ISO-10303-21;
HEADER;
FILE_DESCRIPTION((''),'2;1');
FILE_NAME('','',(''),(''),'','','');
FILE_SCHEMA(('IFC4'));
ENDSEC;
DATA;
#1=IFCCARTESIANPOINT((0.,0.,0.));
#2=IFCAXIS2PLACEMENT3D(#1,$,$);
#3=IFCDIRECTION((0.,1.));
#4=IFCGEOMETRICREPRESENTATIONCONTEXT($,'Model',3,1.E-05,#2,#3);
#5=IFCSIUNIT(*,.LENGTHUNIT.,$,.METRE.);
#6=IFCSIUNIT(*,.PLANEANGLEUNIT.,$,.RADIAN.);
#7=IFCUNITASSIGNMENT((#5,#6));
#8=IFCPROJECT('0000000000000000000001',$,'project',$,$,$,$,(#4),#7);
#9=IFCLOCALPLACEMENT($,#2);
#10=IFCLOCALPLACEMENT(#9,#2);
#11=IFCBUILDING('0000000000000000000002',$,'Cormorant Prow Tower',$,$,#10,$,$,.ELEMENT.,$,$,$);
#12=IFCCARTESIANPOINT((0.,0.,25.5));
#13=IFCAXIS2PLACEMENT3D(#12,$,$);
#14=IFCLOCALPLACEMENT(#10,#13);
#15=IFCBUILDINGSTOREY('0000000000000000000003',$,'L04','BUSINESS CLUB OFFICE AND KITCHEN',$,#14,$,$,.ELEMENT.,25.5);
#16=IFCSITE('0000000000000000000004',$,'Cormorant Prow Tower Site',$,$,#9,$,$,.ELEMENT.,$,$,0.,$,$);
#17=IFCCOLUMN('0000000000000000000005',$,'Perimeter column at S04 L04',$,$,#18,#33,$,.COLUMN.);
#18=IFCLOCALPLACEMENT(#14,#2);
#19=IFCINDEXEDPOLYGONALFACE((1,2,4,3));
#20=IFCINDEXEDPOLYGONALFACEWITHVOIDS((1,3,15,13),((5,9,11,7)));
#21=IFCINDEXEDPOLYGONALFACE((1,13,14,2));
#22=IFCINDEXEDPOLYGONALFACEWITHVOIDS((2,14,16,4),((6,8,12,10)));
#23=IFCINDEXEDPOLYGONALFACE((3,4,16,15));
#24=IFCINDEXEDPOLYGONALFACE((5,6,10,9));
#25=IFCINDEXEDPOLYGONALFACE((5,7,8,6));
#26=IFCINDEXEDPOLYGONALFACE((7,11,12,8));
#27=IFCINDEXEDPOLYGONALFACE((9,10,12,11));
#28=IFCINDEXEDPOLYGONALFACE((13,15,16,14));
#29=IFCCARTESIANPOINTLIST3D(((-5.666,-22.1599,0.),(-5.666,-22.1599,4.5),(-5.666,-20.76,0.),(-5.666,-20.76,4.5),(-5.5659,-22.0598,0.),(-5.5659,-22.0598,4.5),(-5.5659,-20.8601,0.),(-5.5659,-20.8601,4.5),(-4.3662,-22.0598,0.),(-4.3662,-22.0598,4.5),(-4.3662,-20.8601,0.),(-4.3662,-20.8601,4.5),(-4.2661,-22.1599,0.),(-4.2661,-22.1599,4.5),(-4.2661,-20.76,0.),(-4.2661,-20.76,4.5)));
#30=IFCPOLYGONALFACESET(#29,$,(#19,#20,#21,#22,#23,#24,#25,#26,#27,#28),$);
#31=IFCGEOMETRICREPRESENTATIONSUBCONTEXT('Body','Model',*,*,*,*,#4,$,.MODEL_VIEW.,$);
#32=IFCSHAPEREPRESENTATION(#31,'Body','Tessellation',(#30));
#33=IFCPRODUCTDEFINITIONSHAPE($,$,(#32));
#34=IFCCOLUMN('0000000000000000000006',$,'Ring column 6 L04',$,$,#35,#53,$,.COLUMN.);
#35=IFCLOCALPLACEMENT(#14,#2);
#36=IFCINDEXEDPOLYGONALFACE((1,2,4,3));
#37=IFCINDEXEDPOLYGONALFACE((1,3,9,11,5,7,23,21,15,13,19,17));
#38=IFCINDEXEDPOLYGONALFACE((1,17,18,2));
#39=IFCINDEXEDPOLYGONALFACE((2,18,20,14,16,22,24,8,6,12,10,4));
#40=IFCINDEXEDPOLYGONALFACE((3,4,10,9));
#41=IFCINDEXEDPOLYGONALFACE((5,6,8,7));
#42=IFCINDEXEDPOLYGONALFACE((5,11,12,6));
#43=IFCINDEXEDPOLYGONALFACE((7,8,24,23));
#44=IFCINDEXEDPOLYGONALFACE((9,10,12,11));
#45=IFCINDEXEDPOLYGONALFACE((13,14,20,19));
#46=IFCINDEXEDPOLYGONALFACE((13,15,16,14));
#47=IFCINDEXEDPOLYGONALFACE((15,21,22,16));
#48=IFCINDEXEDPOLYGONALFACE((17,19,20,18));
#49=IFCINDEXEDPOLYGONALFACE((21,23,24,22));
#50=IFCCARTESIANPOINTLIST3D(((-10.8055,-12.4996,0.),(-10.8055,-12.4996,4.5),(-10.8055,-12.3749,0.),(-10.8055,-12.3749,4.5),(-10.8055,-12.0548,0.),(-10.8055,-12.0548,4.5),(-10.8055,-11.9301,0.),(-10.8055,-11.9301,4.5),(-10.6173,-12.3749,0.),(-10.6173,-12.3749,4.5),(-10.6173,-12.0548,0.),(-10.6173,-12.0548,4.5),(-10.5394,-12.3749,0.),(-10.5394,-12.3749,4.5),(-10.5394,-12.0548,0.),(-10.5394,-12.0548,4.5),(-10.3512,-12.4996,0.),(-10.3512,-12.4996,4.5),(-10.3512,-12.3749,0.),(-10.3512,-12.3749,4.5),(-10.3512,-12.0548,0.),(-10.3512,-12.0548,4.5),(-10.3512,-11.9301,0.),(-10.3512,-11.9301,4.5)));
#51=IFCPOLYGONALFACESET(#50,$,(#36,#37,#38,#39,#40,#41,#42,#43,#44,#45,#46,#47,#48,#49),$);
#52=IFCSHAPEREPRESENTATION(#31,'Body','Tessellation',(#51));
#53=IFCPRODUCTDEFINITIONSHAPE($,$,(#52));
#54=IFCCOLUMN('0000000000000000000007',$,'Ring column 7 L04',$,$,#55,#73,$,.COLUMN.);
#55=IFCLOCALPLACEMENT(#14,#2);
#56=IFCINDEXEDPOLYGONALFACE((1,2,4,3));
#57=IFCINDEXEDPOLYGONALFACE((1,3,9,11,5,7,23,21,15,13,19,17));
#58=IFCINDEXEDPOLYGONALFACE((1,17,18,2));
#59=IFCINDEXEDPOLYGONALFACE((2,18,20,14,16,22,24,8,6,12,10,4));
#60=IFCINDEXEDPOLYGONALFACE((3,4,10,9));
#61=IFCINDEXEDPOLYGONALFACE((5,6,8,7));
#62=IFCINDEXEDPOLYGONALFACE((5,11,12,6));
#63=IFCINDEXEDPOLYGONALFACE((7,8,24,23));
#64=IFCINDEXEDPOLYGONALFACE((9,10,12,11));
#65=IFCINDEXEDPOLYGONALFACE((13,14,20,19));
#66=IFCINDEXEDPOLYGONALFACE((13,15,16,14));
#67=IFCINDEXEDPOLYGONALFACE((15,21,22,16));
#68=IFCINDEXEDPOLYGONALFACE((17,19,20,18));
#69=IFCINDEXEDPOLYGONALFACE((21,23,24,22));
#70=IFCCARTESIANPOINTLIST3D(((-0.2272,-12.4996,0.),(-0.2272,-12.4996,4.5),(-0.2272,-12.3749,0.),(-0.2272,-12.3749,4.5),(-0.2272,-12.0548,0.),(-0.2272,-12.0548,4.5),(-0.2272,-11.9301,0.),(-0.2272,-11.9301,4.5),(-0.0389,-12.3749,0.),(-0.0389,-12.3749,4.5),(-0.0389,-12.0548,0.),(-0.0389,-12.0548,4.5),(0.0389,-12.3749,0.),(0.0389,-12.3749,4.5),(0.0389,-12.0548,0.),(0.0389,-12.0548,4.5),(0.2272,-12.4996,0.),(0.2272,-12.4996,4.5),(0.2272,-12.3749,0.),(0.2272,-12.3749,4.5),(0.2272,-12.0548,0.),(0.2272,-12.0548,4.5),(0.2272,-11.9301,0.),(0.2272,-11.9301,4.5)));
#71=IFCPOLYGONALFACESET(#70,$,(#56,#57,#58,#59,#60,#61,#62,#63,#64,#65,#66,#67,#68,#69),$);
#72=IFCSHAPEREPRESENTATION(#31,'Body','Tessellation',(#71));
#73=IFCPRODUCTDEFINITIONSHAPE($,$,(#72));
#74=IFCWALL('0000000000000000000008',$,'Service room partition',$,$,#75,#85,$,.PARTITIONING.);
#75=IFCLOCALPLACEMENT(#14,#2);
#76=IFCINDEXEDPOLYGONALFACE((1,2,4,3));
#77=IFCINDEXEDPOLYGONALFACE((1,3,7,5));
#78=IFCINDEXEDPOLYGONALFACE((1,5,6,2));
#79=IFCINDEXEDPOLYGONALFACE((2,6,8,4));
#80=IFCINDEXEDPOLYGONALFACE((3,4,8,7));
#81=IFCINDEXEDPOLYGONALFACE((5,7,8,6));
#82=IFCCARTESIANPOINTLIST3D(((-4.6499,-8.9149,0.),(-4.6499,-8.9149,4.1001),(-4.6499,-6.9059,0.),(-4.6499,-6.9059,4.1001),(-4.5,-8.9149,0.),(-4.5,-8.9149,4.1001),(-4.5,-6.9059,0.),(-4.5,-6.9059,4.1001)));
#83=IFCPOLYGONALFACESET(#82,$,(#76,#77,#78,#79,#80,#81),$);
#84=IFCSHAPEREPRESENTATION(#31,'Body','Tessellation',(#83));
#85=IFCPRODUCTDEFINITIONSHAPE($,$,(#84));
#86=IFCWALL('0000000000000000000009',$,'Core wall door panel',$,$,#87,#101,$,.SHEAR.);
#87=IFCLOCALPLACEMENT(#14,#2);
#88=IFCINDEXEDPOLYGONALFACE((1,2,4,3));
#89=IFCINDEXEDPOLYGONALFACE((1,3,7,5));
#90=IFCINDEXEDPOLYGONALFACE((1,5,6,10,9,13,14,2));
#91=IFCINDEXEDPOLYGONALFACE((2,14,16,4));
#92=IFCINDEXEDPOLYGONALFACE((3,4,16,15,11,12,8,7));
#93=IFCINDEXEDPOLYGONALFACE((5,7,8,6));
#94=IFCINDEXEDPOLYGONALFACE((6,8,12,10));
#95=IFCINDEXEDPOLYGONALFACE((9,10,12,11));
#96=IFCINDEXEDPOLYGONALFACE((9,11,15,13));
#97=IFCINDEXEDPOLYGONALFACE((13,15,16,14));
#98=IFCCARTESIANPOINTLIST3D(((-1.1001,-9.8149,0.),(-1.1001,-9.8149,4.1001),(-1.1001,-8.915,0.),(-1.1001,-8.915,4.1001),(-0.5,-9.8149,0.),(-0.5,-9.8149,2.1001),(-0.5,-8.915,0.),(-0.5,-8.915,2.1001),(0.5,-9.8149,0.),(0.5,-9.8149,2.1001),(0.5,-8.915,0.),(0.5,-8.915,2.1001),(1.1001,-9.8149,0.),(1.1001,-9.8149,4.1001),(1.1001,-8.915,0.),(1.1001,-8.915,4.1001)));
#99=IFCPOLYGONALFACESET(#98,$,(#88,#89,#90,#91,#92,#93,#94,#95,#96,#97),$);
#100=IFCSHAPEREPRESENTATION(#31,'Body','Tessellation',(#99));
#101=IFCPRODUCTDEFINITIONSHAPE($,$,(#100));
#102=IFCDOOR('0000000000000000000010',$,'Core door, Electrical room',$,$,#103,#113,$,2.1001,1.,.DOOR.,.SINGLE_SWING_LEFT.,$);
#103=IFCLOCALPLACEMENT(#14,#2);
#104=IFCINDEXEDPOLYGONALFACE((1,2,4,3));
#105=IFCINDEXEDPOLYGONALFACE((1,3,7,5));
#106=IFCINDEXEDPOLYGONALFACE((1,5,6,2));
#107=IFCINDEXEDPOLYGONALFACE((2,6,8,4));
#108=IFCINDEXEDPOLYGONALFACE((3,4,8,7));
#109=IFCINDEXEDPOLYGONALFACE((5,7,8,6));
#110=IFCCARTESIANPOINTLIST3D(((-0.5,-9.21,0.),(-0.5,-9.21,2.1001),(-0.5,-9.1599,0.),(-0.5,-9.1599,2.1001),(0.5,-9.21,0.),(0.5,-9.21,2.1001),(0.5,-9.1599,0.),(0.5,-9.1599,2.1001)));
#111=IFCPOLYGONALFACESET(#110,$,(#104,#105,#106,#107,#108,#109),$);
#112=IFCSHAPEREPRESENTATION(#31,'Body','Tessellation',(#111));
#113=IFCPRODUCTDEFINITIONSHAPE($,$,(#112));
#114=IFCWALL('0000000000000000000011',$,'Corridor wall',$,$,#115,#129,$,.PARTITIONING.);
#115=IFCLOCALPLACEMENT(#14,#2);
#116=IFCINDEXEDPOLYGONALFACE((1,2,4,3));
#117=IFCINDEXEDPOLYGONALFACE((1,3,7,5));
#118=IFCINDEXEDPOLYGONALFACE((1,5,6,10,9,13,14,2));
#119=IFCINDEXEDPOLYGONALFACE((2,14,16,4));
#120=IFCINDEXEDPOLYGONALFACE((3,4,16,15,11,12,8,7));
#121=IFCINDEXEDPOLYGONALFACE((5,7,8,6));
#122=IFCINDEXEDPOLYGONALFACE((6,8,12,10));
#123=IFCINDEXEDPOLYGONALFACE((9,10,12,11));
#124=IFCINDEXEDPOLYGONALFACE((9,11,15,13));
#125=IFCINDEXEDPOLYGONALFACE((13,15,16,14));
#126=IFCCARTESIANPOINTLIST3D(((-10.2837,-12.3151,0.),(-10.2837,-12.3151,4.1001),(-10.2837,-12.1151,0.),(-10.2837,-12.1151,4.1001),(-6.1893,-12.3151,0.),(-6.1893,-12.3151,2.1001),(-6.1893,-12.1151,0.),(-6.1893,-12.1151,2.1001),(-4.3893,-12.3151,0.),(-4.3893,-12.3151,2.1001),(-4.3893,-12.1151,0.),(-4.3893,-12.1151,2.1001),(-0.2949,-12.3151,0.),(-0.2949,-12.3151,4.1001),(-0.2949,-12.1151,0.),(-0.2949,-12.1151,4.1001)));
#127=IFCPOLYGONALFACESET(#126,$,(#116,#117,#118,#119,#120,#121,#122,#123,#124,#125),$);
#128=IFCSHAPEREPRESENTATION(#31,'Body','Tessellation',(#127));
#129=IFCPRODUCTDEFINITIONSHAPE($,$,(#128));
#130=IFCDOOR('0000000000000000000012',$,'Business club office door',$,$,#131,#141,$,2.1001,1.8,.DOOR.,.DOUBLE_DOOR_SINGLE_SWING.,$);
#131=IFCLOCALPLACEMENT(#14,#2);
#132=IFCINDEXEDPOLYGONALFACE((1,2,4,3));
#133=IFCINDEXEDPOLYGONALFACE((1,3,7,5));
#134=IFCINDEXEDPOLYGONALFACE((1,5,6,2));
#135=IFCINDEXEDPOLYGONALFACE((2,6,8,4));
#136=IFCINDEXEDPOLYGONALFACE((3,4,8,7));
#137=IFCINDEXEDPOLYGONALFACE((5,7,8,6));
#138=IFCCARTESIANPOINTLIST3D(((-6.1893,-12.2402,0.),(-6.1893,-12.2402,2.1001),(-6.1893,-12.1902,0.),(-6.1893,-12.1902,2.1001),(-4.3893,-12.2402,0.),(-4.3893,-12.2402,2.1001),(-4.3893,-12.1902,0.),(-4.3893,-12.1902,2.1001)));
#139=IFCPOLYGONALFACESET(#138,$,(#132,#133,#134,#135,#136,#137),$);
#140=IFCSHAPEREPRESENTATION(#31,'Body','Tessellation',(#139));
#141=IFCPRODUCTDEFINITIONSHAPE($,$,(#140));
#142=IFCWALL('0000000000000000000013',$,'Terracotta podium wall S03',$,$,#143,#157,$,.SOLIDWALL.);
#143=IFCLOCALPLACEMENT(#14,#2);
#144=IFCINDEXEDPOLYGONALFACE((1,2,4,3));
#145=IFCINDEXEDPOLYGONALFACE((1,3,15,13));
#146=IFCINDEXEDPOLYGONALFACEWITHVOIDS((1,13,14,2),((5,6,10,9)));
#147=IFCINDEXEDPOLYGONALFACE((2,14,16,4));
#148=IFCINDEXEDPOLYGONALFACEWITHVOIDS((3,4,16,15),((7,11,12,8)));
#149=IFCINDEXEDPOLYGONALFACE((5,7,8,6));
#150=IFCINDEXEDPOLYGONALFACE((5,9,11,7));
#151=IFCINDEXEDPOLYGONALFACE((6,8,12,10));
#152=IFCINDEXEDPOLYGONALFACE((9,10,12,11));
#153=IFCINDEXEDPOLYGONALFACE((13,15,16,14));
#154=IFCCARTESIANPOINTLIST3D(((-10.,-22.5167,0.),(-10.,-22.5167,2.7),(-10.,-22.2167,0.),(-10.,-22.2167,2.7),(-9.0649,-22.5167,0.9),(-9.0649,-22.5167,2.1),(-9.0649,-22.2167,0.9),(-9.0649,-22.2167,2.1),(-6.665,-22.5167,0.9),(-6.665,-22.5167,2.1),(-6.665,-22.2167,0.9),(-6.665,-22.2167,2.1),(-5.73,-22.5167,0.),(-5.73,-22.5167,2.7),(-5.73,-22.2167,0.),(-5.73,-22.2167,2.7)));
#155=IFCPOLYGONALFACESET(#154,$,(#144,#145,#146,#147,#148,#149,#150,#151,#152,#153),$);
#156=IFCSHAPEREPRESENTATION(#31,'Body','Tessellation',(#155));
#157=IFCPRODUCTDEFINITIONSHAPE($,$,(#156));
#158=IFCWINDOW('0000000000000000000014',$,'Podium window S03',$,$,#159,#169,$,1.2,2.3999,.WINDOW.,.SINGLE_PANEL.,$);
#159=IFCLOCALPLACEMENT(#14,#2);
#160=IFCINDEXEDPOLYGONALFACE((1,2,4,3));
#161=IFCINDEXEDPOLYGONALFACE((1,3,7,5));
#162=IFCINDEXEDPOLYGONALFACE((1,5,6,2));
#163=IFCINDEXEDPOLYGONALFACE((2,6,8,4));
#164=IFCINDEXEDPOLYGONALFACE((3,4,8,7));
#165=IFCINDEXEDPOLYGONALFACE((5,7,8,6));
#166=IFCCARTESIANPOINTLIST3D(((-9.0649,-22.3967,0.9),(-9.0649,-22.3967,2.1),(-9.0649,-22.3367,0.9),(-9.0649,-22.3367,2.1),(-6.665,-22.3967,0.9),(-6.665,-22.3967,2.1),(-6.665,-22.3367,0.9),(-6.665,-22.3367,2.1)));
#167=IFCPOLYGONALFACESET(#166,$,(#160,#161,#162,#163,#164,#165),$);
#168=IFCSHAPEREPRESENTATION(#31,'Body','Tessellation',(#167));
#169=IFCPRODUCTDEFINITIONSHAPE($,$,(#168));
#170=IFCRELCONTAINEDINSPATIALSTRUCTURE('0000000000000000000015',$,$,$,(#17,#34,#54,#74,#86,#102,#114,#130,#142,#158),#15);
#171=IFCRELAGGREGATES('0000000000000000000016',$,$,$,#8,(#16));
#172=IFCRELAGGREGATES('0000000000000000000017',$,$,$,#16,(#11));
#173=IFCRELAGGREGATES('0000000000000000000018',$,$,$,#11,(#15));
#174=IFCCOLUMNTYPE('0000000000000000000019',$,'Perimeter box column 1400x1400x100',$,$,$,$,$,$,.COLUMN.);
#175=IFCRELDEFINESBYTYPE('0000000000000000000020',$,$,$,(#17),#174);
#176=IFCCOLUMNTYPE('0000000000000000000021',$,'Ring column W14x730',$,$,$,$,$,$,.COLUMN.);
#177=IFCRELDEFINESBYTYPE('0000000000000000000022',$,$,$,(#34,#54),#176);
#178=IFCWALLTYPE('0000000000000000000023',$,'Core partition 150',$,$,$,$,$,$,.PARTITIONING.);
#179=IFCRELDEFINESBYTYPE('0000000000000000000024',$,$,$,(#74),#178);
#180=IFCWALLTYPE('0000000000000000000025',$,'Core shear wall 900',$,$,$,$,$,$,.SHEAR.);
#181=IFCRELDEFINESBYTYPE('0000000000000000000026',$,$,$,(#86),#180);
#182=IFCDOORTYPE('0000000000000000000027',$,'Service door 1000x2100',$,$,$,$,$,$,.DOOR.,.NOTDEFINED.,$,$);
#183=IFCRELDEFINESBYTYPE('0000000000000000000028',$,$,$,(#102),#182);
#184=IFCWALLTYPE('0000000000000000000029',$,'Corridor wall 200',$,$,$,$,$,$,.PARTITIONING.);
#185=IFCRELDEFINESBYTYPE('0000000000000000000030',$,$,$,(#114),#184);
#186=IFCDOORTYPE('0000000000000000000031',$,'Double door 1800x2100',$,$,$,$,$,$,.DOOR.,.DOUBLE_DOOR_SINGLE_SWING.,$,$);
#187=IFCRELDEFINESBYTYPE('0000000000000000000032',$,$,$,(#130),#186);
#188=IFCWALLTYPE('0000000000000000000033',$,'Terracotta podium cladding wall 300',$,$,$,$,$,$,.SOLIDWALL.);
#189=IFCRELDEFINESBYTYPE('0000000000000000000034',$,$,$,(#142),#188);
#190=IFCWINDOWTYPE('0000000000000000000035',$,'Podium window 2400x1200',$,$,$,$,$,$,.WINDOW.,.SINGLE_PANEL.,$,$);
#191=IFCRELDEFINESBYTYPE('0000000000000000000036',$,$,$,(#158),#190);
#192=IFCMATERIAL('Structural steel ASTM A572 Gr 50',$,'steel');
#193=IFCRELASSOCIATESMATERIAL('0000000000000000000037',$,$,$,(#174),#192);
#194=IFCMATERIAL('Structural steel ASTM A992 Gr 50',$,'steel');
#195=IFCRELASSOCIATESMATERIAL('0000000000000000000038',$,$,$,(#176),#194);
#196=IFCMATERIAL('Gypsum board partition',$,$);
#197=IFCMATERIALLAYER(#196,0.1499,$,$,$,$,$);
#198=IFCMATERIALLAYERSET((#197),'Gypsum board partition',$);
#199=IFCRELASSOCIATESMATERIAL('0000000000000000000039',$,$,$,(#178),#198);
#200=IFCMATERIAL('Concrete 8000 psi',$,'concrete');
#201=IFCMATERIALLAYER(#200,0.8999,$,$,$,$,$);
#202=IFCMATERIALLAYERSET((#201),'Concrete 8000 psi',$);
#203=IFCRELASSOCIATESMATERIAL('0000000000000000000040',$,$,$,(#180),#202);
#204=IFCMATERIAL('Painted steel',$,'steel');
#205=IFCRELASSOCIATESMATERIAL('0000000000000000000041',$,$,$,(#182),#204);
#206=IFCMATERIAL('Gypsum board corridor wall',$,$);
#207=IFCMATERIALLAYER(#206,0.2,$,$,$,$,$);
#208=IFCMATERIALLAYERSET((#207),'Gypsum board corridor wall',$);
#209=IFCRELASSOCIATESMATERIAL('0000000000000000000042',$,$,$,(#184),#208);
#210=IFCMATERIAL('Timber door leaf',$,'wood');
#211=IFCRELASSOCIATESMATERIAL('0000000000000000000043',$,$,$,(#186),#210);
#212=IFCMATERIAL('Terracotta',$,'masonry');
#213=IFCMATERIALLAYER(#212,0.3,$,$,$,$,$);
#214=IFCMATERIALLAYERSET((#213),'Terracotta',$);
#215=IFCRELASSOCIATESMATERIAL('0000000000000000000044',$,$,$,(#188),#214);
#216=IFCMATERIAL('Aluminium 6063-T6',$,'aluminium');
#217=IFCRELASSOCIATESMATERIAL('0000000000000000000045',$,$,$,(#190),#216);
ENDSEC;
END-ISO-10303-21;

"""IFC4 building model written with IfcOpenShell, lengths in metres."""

from ifc_helpers import new_model, si_unit, direction, frame, frame_2d, origin, origin_2d, place, context, subcontext, project, spatial, rectangle, hollow_rectangle, i_section, extrude, material, layer, layer_set, material_profile, profile_set, type_object, element, fill, save


model = new_model("IFC4")

# Units and contexts
model_context = context("Model", 3, precision=1e-05, world=origin(), true_north=direction((0.0, 1.0)))
body_context = subcontext(model_context, "Body", "Model", "MODEL_VIEW")
ifc_project = project(units=[si_unit("LENGTHUNIT", "METRE"), si_unit("PLANEANGLEUNIT", "RADIAN")], contexts=[model_context])

# Site, building, storey
site_placement = place(None, origin())
site = spatial("IfcSite", under=ifc_project, at=site_placement, Name="Cormorant Prow Tower Site", CompositionType="ELEMENT", RefElevation=0.0)
building_placement = place(site_placement, origin())
building = spatial("IfcBuilding", under=site, at=building_placement, Name="Cormorant Prow Tower", CompositionType="ELEMENT")
storey_placement = place(building_placement, frame((0.0, 0.0, 25.5)))
storey = spatial("IfcBuildingStorey", under=building, at=storey_placement, Name="L04", Description="BUSINESS CLUB OFFICE AND KITCHEN", CompositionType="ELEMENT", Elevation=25.5)

# Columns
ifc_material_1 = material(Name="Structural steel ASTM A572 Gr 50", Category="steel")
ifc_material_profile_1 = material_profile(ifc_material_1, hollow_rectangle(XDim=1.3999, YDim=1.3999, WallThickness=0.1001, at=origin_2d()), Name="Box 1400x1400x100")
ifc_profile_set_1 = profile_set([ifc_material_profile_1], Name="Structural steel ASTM A572 Gr 50")
column_type_1 = type_object("IfcColumnType", Name="Perimeter box column 1400x1400x100", PredefinedType="COLUMN", material=ifc_profile_set_1)
column_placement = place(storey_placement, frame((-4.9661, -21.46, 0.0), z_axis=(0.0, 0.0, 1.0), x_axis=(1.0, 0.0, 0.0)))
element("IfcColumn", 1, at=column_placement, inside=storey, type_object=column_type_1, Name="Perimeter column at S04 L04", PredefinedType="COLUMN", context=body_context, shape_type="SweptSolid", body=[
    extrude(hollow_rectangle(XDim=1.3999, YDim=1.3999, WallThickness=0.1001, at=origin_2d()), origin(), (0.0, 0.0, 1.0), 4.5),
])
ifc_material_2 = material(Name="Structural steel ASTM A992 Gr 50", Category="steel")
ifc_material_profile_2 = material_profile(ifc_material_2, i_section(OverallWidth=0.4543, OverallDepth=0.5696, WebThickness=0.0779, FlangeThickness=0.1248, at=origin_2d()), Name="W14x730")
ifc_profile_set_2 = profile_set([ifc_material_profile_2], Name="Structural steel ASTM A992 Gr 50")
column_type_2 = type_object("IfcColumnType", Name="Ring column W14x730", PredefinedType="COLUMN", material=ifc_profile_set_2)
for number, where, z_axis, x_axis, name in (
    (2, (-10.5784, -12.2148, 0.0), (0.0, 0.0, 1.0), (1.0, 0.0, 0.0), "Ring column 6 L04"),
    (3, (0.0, -12.2148, 0.0), (0.0, 0.0, 1.0), (1.0, 0.0, 0.0), "Ring column 7 L04"),
):
    element("IfcColumn", number, at=place(storey_placement, frame(where, z_axis=z_axis, x_axis=x_axis)), inside=storey, type_object=column_type_2, Name=name, PredefinedType="COLUMN", context=body_context, shape_type="SweptSolid", body=[
        extrude(i_section(OverallWidth=0.4543, OverallDepth=0.5696, WebThickness=0.0779, FlangeThickness=0.1248, at=origin_2d()), origin(), (0.0, 0.0, 1.0), 4.5),
    ])

# Wall
ifc_material_3 = material(Name="Gypsum board partition")
ifc_layer_1 = layer(ifc_material_3, 0.1499)
ifc_layer_set_1 = layer_set([ifc_layer_1], Name="Gypsum board partition")
wall_type_1 = type_object("IfcWallType", Name="Core partition 150", PredefinedType="PARTITIONING", material=ifc_layer_set_1)
wall_1_placement = place(storey_placement, frame((-4.575, -6.906, 0.0), z_axis=(0.0, 0.0, 1.0), x_axis=(0.0, -1.0, 0.0)))
element("IfcWall", 4, at=wall_1_placement, inside=storey, type_object=wall_type_1, Name="Service room partition", PredefinedType="PARTITIONING", context=body_context, shape_type="SweptSolid", body=[
    extrude(rectangle(XDim=2.009, YDim=0.1499, at=frame_2d((1.0044, 0.0))), origin(), (0.0, 0.0, 1.0), 4.1001),
])

# Walls, openings, doors
ifc_material_4 = material(Name="Concrete 8000 psi", Category="concrete")
ifc_layer_2 = layer(ifc_material_4, 0.8999)
ifc_layer_set_2 = layer_set([ifc_layer_2], Name="Concrete 8000 psi")
wall_type_2 = type_object("IfcWallType", Name="Core shear wall 900", PredefinedType="SHEAR", material=ifc_layer_set_2)
wall_2_placement = place(storey_placement, frame((-1.1001, -9.365, 0.0), z_axis=(0.0, 0.0, 1.0), x_axis=(1.0, 0.0, 0.0)))
wall_2 = element("IfcWall", 5, at=wall_2_placement, inside=storey, type_object=wall_type_2, Name="Core wall door panel", PredefinedType="SHEAR", context=body_context, shape_type="SweptSolid", body=[
    extrude(rectangle(XDim=2.2002, YDim=0.8999, at=frame_2d((1.1001, 0.0))), origin(), (0.0, 0.0, 1.0), 4.1001),
])
opening_1_placement = place(wall_2_placement, frame((0.6001, 0.0, 0.0)))
opening_1 = element("IfcOpeningElement", 6, at=opening_1_placement, cuts=wall_2, PredefinedType="OPENING", context=body_context, shape_type="SweptSolid", body=[
    extrude(rectangle(XDim=1.0, YDim=2.1001, at=frame_2d((0.5, 1.05))), frame((0.0, 0.46, 0.0), z_axis=(0.0, -1.0, 0.0), x_axis=(1.0, 0.0, 0.0)), (0.0, 0.0, 1.0), 0.9199),
])
ifc_material_5 = material(Name="Painted steel", Category="steel")
door_type_1 = type_object("IfcDoorType", Name="Service door 1000x2100", OperationType="NOTDEFINED", PredefinedType="DOOR", material=ifc_material_5)
door_1_placement = place(opening_1_placement, origin())
door_1 = element("IfcDoor", 7, at=door_1_placement, inside=storey, type_object=door_type_1, Name="Core door, Electrical room", OperationType="SINGLE_SWING_LEFT", OverallHeight=2.1001, OverallWidth=1.0, PredefinedType="DOOR", context=body_context, shape_type="SweptSolid", body=[
    extrude(rectangle(XDim=1.0, YDim=2.1001, at=frame_2d((0.5, 1.05))), frame((0.0, 0.2051, 0.0), z_axis=(0.0, -1.0, 0.0), x_axis=(1.0, 0.0, 0.0)), (0.0, 0.0, 1.0), 0.05),
])
fill(opening_1, door_1)
ifc_material_6 = material(Name="Gypsum board corridor wall")
ifc_layer_3 = layer(ifc_material_6, 0.2)
ifc_layer_set_3 = layer_set([ifc_layer_3], Name="Gypsum board corridor wall")
wall_type_3 = type_object("IfcWallType", Name="Corridor wall 200", PredefinedType="PARTITIONING", material=ifc_layer_set_3)
wall_3_placement = place(storey_placement, frame((-10.2837, -12.2151, 0.0), z_axis=(0.0, 0.0, 1.0), x_axis=(1.0, 0.0, 0.0)))
wall_3 = element("IfcWall", 8, at=wall_3_placement, inside=storey, type_object=wall_type_3, Name="Corridor wall", PredefinedType="PARTITIONING", context=body_context, shape_type="SweptSolid", body=[
    extrude(rectangle(XDim=9.9888, YDim=0.2, at=frame_2d((4.9944, 0.0))), origin(), (0.0, 0.0, 1.0), 4.1001),
])
opening_2_placement = place(wall_3_placement, frame((4.0945, 0.0, 0.0)))
opening_2 = element("IfcOpeningElement", 9, at=opening_2_placement, cuts=wall_3, PredefinedType="OPENING", context=body_context, shape_type="SweptSolid", body=[
    extrude(rectangle(XDim=1.8, YDim=2.1001, at=frame_2d((0.8999, 1.05))), frame((0.0, 0.1099, 0.0), z_axis=(0.0, -1.0, 0.0), x_axis=(1.0, 0.0, 0.0)), (0.0, 0.0, 1.0), 0.22),
])
ifc_material_7 = material(Name="Timber door leaf", Category="wood")
door_type_2 = type_object("IfcDoorType", Name="Double door 1800x2100", OperationType="DOUBLE_DOOR_SINGLE_SWING", PredefinedType="DOOR", material=ifc_material_7)
door_2_placement = place(opening_2_placement, origin())
door_2 = element("IfcDoor", 10, at=door_2_placement, inside=storey, type_object=door_type_2, Name="Business club office door", OperationType="DOUBLE_DOOR_SINGLE_SWING", OverallHeight=2.1001, OverallWidth=1.8, PredefinedType="DOOR", context=body_context, shape_type="SweptSolid", body=[
    extrude(rectangle(XDim=1.8, YDim=2.1001, at=frame_2d((0.8999, 1.05))), frame((0.0, 0.0249, 0.0), z_axis=(0.0, -1.0, 0.0), x_axis=(1.0, 0.0, 0.0)), (0.0, 0.0, 1.0), 0.05),
])
fill(opening_2, door_2)

# Wall, opening, window
ifc_material_8 = material(Name="Terracotta", Category="masonry")
ifc_layer_4 = layer(ifc_material_8, 0.3)
ifc_layer_set_4 = layer_set([ifc_layer_4], Name="Terracotta")
wall_type_4 = type_object("IfcWallType", Name="Terracotta podium cladding wall 300", PredefinedType="SOLIDWALL", material=ifc_layer_set_4)
wall_4_placement = place(storey_placement, frame((-10.0, -22.3667, 0.0), z_axis=(0.0, 0.0, 1.0), x_axis=(1.0, 0.0, 0.0)))
wall_4 = element("IfcWall", 11, at=wall_4_placement, inside=storey, type_object=wall_type_4, Name="Terracotta podium wall S03", PredefinedType="SOLIDWALL", context=body_context, shape_type="SweptSolid", body=[
    extrude(rectangle(XDim=4.27, YDim=0.3, at=frame_2d((2.135, 0.0))), origin(), (0.0, 0.0, 1.0), 2.7),
])
opening_3_placement = place(wall_4_placement, frame((0.9351, 0.0, 0.8999)))
opening_3 = element("IfcOpeningElement", 12, at=opening_3_placement, cuts=wall_4, PredefinedType="OPENING", context=body_context, shape_type="SweptSolid", body=[
    extrude(rectangle(XDim=2.3999, YDim=1.2, at=frame_2d((1.2, 0.6001))), frame((0.0, 0.1599, 0.0), z_axis=(0.0, -1.0, 0.0), x_axis=(1.0, 0.0, 0.0)), (0.0, 0.0, 1.0), 0.3201),
])
ifc_material_9 = material(Name="Aluminium 6063-T6", Category="aluminium")
window_type = type_object("IfcWindowType", Name="Podium window 2400x1200", PartitioningType="SINGLE_PANEL", PredefinedType="WINDOW", material=ifc_material_9)
window_1_placement = place(opening_3_placement, origin())
window_1 = element("IfcWindow", 13, at=window_1_placement, inside=storey, type_object=window_type, Name="Podium window S03", OverallHeight=1.2, OverallWidth=2.3999, PartitioningType="SINGLE_PANEL", PredefinedType="WINDOW", context=body_context, shape_type="SweptSolid", body=[
    extrude(rectangle(XDim=2.3999, YDim=1.2, at=frame_2d((1.2, 0.6001))), frame((0.0, 0.03, 0.0), z_axis=(0.0, -1.0, 0.0), x_axis=(1.0, 0.0, 0.0)), (0.0, 0.0, 1.0), 0.0601),
])
fill(opening_3, window_1)

save(model, "model.ifc")
